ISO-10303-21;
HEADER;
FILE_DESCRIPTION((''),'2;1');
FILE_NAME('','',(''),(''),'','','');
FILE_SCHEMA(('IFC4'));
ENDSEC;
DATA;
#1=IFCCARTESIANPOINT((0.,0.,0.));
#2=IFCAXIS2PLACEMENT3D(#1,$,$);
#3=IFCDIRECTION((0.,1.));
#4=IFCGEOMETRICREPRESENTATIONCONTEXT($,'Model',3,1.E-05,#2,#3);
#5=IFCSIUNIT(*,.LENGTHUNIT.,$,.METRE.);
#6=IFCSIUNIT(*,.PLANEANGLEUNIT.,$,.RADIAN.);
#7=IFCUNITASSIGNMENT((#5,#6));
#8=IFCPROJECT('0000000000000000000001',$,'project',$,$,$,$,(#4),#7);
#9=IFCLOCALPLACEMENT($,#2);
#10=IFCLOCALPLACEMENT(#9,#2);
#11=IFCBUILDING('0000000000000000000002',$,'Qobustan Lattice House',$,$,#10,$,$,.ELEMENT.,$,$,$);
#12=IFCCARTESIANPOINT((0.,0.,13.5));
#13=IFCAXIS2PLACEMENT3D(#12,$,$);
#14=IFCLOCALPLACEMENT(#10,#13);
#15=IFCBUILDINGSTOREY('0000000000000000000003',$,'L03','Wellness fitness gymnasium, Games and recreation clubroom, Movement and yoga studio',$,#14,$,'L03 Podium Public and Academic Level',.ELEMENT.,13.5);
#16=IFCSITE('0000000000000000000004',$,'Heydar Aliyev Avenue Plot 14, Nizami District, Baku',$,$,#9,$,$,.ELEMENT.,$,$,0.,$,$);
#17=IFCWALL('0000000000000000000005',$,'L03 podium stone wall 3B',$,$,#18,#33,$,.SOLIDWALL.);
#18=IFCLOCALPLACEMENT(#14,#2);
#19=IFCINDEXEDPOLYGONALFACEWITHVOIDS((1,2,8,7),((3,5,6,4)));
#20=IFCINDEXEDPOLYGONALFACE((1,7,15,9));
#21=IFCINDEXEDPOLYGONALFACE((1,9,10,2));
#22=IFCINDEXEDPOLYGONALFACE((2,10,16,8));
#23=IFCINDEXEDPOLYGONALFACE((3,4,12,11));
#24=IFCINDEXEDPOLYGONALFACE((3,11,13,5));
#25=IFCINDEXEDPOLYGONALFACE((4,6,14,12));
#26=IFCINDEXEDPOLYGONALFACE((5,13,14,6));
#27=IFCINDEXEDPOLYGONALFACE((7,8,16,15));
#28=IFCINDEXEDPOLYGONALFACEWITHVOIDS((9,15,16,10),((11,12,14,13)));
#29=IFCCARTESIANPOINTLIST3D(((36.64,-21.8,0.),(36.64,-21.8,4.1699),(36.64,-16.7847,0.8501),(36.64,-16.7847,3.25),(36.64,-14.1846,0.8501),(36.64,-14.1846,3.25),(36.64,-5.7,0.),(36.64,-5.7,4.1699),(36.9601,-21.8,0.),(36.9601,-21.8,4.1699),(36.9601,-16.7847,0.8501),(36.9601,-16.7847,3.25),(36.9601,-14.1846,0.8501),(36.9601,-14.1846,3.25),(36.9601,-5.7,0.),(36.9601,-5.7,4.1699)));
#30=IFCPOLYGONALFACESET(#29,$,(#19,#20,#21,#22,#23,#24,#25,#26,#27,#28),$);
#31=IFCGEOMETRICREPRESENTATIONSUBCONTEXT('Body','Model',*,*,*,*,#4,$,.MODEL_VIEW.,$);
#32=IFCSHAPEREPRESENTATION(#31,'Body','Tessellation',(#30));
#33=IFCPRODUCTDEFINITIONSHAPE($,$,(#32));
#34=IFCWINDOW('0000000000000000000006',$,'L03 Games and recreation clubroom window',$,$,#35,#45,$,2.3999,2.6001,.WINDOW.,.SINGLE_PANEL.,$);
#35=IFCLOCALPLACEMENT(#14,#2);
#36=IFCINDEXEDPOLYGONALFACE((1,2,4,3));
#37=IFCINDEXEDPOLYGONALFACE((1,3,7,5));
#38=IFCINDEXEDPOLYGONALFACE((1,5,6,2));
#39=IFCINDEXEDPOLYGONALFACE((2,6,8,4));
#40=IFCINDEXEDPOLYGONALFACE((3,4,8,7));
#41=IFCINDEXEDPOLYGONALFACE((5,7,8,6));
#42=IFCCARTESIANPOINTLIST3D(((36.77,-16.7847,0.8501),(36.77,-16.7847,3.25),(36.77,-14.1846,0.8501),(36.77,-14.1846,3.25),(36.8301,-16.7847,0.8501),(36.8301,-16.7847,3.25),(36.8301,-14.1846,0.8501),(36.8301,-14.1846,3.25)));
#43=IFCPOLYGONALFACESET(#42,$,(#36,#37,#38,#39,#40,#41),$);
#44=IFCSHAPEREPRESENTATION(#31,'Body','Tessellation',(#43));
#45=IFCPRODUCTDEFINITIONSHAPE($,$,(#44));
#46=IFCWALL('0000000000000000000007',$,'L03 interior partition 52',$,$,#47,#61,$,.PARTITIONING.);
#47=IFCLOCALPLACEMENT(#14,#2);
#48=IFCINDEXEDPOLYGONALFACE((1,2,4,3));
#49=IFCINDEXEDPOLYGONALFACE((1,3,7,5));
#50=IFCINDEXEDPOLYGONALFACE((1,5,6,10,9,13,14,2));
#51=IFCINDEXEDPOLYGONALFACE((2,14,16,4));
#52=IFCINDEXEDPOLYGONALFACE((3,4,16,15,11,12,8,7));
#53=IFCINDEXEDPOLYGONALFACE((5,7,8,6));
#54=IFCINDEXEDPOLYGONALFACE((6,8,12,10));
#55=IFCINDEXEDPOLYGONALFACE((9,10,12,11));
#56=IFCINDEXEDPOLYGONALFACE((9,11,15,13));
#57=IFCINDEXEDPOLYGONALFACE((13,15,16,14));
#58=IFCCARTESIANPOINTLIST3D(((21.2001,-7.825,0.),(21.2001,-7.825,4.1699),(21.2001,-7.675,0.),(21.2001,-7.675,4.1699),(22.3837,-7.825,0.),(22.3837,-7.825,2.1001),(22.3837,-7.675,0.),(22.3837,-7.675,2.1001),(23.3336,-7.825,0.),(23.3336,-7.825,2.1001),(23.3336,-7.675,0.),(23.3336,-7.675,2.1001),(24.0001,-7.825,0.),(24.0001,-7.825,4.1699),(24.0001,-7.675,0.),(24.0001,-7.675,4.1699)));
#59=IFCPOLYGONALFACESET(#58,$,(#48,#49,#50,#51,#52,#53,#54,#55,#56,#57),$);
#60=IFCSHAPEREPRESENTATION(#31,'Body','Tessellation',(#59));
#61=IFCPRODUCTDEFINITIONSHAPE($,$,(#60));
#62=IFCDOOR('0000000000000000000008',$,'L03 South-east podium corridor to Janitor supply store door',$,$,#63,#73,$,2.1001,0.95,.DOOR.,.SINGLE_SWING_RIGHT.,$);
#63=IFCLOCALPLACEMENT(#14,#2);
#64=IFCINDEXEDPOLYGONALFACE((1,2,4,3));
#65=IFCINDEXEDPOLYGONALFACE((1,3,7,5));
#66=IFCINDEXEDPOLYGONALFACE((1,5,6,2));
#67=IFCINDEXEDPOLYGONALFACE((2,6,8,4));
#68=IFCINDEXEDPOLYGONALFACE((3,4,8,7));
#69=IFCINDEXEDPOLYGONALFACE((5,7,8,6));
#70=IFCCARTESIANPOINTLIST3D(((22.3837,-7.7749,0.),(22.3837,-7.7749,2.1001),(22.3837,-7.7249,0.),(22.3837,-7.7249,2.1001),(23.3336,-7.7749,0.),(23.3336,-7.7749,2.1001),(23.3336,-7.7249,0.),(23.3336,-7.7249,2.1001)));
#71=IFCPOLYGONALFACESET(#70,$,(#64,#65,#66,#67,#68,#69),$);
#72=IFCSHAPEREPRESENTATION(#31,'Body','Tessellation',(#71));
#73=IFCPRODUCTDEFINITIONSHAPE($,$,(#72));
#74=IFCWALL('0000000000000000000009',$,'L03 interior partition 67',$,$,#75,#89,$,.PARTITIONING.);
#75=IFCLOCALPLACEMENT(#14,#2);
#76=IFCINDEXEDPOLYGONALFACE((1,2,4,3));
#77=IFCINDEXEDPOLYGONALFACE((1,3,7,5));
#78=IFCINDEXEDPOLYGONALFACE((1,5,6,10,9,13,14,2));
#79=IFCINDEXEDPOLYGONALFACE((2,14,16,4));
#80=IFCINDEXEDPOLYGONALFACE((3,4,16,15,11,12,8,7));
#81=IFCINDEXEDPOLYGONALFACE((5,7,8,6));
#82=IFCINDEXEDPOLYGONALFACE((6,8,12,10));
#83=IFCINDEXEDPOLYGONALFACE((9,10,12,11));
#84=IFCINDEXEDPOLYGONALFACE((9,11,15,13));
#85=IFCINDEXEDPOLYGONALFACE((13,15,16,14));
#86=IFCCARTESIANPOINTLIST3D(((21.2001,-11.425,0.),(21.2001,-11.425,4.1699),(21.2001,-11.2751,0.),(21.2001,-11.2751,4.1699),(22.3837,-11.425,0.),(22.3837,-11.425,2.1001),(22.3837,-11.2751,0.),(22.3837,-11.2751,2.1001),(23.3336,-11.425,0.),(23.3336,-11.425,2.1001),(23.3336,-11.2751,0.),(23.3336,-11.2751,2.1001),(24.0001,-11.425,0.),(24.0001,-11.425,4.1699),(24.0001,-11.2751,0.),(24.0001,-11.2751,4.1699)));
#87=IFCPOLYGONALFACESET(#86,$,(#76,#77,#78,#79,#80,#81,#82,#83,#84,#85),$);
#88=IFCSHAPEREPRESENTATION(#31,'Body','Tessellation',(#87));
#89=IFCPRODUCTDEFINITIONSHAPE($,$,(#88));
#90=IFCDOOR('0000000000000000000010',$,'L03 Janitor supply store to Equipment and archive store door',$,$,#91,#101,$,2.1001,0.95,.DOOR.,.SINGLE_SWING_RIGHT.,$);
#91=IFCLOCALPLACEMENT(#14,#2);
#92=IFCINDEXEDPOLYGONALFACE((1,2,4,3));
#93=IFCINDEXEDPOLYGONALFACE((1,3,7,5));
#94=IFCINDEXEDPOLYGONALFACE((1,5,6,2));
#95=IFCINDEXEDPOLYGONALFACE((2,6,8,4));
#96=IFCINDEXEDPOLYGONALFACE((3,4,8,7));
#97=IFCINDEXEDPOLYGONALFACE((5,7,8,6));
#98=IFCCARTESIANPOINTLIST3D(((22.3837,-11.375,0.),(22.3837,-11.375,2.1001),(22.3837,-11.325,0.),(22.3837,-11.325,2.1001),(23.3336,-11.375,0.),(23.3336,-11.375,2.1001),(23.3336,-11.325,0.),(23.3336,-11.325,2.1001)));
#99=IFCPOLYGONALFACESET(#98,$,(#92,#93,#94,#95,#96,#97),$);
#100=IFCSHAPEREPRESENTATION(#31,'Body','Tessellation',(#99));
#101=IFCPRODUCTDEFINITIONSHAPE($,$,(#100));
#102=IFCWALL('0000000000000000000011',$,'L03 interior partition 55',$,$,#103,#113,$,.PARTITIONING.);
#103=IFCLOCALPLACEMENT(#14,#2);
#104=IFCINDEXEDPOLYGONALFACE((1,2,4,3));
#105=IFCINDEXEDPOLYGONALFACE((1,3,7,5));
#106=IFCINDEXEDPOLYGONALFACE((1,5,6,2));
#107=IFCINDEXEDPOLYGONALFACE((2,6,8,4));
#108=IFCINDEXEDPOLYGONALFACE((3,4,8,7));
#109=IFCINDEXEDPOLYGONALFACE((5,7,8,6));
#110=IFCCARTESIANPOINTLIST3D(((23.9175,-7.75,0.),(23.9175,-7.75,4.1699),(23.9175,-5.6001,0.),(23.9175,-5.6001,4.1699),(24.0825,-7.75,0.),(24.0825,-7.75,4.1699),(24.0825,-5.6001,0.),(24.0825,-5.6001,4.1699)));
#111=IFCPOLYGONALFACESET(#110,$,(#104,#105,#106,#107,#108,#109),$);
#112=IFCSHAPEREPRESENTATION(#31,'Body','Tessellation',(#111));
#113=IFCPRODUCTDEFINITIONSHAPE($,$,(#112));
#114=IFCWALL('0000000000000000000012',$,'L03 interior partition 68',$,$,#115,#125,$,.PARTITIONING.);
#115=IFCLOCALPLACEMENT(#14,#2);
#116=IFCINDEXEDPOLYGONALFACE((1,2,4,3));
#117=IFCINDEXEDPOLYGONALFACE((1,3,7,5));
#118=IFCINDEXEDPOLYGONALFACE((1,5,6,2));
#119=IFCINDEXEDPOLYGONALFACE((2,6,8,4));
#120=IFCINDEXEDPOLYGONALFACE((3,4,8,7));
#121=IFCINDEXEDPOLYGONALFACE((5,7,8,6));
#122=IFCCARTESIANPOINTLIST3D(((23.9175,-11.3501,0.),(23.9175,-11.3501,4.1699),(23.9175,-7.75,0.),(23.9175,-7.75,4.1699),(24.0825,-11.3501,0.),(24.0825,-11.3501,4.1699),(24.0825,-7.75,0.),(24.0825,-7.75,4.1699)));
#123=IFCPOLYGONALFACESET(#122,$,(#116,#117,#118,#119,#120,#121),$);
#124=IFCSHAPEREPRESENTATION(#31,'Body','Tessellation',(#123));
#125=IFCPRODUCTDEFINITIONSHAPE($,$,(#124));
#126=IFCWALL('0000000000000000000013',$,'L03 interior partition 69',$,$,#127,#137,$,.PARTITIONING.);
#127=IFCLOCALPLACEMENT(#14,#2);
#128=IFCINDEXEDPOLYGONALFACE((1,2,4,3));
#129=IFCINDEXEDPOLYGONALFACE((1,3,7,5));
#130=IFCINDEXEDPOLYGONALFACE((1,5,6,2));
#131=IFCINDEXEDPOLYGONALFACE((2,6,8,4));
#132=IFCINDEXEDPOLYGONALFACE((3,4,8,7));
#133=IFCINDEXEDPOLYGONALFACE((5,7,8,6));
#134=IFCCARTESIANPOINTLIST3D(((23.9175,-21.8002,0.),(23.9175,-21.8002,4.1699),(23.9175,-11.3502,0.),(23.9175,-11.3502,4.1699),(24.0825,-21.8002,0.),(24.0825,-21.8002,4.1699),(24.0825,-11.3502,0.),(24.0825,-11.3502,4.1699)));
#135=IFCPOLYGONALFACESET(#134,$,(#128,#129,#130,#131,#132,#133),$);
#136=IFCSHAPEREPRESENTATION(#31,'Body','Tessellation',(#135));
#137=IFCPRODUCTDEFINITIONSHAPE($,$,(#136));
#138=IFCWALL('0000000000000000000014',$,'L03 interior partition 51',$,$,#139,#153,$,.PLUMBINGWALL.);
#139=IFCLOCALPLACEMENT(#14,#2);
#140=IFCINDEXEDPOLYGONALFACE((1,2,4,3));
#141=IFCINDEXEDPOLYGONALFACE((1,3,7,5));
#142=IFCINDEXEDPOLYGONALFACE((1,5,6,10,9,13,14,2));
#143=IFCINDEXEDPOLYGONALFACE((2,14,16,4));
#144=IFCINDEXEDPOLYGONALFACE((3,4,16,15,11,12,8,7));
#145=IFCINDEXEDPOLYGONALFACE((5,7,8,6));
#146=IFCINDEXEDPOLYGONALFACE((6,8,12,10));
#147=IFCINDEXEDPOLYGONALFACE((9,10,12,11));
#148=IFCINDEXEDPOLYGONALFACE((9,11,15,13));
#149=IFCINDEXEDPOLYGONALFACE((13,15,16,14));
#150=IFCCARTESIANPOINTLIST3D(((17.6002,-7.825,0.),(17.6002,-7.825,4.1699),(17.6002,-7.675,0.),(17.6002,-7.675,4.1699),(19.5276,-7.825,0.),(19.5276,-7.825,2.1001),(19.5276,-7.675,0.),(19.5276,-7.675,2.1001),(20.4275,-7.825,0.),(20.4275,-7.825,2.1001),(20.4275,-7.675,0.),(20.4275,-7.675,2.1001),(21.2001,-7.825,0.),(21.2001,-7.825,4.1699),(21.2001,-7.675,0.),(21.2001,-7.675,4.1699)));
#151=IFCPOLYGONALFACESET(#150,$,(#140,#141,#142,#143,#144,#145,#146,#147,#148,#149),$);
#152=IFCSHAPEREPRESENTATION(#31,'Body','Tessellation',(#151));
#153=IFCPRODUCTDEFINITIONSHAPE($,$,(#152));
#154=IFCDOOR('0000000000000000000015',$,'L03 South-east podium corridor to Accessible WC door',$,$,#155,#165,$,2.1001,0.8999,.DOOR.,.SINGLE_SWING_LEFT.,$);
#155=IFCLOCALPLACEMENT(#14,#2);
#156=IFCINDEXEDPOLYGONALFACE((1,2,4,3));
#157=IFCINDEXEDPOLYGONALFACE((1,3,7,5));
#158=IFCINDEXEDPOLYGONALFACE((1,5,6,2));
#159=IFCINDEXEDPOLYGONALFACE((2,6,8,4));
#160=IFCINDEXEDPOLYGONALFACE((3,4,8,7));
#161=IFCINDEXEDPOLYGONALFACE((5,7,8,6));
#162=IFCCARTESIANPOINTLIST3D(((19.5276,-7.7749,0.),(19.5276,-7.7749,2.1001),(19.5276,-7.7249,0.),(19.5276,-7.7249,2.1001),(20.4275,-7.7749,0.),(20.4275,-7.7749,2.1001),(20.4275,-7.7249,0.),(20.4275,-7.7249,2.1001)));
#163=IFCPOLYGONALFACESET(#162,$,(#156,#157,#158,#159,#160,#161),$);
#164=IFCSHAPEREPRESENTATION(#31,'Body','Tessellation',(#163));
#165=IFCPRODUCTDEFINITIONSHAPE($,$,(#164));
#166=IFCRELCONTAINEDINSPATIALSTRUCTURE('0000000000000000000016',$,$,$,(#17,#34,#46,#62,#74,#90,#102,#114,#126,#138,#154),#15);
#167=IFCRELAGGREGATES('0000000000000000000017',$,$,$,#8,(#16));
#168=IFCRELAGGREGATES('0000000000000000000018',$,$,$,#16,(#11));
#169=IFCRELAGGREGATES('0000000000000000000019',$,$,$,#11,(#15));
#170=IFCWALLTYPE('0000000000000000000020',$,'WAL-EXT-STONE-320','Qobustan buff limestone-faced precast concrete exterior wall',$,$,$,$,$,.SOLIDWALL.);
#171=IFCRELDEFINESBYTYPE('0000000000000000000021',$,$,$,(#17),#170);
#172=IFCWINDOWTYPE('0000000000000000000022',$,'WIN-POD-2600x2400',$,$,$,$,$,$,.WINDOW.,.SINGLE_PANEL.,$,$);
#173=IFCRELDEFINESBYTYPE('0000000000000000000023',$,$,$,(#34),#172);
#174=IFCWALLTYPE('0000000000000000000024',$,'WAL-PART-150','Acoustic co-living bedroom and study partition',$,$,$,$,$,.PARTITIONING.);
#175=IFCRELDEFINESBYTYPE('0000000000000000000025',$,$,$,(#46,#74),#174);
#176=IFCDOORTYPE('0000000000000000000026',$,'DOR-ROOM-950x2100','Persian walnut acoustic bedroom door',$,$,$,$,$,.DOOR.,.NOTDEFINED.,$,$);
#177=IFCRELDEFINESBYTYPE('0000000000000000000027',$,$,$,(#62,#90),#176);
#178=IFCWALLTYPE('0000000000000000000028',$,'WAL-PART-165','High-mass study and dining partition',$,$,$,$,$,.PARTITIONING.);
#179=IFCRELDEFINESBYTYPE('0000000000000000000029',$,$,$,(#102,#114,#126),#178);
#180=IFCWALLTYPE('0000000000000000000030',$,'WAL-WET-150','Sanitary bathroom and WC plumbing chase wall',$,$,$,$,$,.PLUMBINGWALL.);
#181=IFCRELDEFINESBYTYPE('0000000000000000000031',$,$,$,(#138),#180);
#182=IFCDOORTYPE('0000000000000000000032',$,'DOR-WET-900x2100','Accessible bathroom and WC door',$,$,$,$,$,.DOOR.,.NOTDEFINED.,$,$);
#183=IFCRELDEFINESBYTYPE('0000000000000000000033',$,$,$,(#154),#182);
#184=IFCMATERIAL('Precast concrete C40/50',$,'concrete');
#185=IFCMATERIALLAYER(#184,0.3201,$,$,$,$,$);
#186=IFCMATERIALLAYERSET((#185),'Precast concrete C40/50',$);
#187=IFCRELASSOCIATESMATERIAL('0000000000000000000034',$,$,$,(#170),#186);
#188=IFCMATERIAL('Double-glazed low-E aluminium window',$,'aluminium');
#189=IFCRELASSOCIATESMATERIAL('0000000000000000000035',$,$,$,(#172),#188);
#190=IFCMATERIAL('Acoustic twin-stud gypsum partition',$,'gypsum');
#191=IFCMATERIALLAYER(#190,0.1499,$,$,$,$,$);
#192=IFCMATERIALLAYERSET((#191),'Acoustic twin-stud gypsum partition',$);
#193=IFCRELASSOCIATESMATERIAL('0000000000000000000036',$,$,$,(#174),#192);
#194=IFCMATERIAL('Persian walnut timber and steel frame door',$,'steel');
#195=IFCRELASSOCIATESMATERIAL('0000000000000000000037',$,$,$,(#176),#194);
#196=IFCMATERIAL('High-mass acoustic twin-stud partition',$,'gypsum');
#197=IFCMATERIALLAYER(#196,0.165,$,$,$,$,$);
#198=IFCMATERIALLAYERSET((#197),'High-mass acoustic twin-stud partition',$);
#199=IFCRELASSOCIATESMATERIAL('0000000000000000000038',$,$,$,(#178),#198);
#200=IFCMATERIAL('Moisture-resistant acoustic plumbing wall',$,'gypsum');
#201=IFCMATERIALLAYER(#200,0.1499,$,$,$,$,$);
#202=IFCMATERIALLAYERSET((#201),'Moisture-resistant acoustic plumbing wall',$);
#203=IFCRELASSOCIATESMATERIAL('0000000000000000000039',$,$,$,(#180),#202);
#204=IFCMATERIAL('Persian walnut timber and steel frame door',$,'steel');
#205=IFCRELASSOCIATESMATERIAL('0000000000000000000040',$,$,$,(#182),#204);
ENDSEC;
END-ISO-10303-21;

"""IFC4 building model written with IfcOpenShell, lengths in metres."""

from ifc_helpers import new_model, si_unit, direction, frame, frame_2d, origin, place, context, subcontext, project, spatial, rectangle, extrude, material, layer, layer_set, type_object, element, fill, save


model = new_model("IFC4")

# Units and contexts
model_context = context("Model", 3, precision=1e-05, world=origin(), true_north=direction((0.0, 1.0)))
body_context = subcontext(model_context, "Body", "Model", "MODEL_VIEW")
ifc_project = project(units=[si_unit("LENGTHUNIT", "METRE"), si_unit("PLANEANGLEUNIT", "RADIAN")], contexts=[model_context])

# Site, building, storey
site_placement = place(None, origin())
site = spatial("IfcSite", under=ifc_project, at=site_placement, Name="Heydar Aliyev Avenue Plot 14, Nizami District, Baku", CompositionType="ELEMENT", RefElevation=0.0)
building_placement = place(site_placement, origin())
building = spatial("IfcBuilding", under=site, at=building_placement, Name="Qobustan Lattice House", CompositionType="ELEMENT")
storey_placement = place(building_placement, frame((0.0, 0.0, 13.5)))
storey = spatial("IfcBuildingStorey", under=building, at=storey_placement, Name="L03", Description="Wellness fitness gymnasium, Games and recreation clubroom, Movement and yoga studio", LongName="L03 Podium Public and Academic Level", CompositionType="ELEMENT", Elevation=13.5)

# Wall, opening, window
ifc_material_1 = material(Name="Precast concrete C40/50", Category="concrete")
ifc_layer_1 = layer(ifc_material_1, 0.3201)
ifc_layer_set_1 = layer_set([ifc_layer_1], Name="Precast concrete C40/50")
wall_type_1 = type_object("IfcWallType", Name="WAL-EXT-STONE-320", Description="Qobustan buff limestone-faced precast concrete exterior wall", PredefinedType="SOLIDWALL", material=ifc_layer_set_1)
wall_1_placement = place(storey_placement, frame((36.8, -5.7, 0.0), z_axis=(0.0, 0.0, 1.0), x_axis=(0.0, -1.0, 0.0)))
wall_1 = element("IfcWall", 1, at=wall_1_placement, inside=storey, type_object=wall_type_1, Name="L03 podium stone wall 3B", PredefinedType="SOLIDWALL", context=body_context, shape_type="SweptSolid", body=[
    extrude(rectangle(XDim=16.1001, YDim=0.3201, at=frame_2d((8.05, 0.0))), origin(), (0.0, 0.0, 1.0), 4.1699),
])
opening_1_placement = place(wall_1_placement, frame((8.4846, 0.0, 0.8501)))
opening_1 = element("IfcOpeningElement", 2, at=opening_1_placement, cuts=wall_1, PredefinedType="OPENING", context=body_context, shape_type="SweptSolid", body=[
    extrude(rectangle(XDim=2.6001, YDim=2.3999, at=frame_2d((1.3, 1.2))), frame((0.0, 0.1699, 0.0), z_axis=(0.0, -1.0, 0.0), x_axis=(1.0, 0.0, 0.0)), (0.0, 0.0, 1.0), 0.3401),
])
ifc_material_2 = material(Name="Double-glazed low-E aluminium window", Category="aluminium")
window_type = type_object("IfcWindowType", Name="WIN-POD-2600x2400", PartitioningType="SINGLE_PANEL", PredefinedType="WINDOW", material=ifc_material_2)
window_placement = place(opening_1_placement, origin())
window = element("IfcWindow", 3, at=window_placement, inside=storey, type_object=window_type, Name="L03 Games and recreation clubroom window", OverallHeight=2.3999, OverallWidth=2.6001, PartitioningType="SINGLE_PANEL", PredefinedType="WINDOW", context=body_context, shape_type="SweptSolid", body=[
    extrude(rectangle(XDim=2.6001, YDim=2.3999, at=frame_2d((1.3, 1.2))), frame((0.0, 0.03, 0.0), z_axis=(0.0, -1.0, 0.0), x_axis=(1.0, 0.0, 0.0)), (0.0, 0.0, 1.0), 0.0601),
])
fill(opening_1, window)

# Walls, openings, doors
ifc_material_3 = material(Name="Acoustic twin-stud gypsum partition", Category="gypsum")
ifc_layer_2 = layer(ifc_material_3, 0.1499)
ifc_layer_set_2 = layer_set([ifc_layer_2], Name="Acoustic twin-stud gypsum partition")
wall_type_2 = type_object("IfcWallType", Name="WAL-PART-150", Description="Acoustic co-living bedroom and study partition", PredefinedType="PARTITIONING", material=ifc_layer_set_2)
wall_2_placement = place(storey_placement, frame((24.0, -7.75, 0.0), z_axis=(0.0, 0.0, 1.0), x_axis=(-1.0, 0.0, 0.0)))
wall_2 = element("IfcWall", 4, at=wall_2_placement, inside=storey, type_object=wall_type_2, Name="L03 interior partition 52", PredefinedType="PARTITIONING", context=body_context, shape_type="SweptSolid", body=[
    extrude(rectangle(XDim=2.8, YDim=0.1499, at=frame_2d((1.3999, 0.0))), origin(), (0.0, 0.0, 1.0), 4.1699),
])
opening_2_placement = place(wall_2_placement, frame((0.6663, 0.0, 0.0)))
opening_2 = element("IfcOpeningElement", 5, at=opening_2_placement, cuts=wall_2, PredefinedType="OPENING", context=body_context, shape_type="SweptSolid", body=[
    extrude(rectangle(XDim=0.95, YDim=2.1001, at=frame_2d((0.4751, 1.05))), frame((0.0, 0.085, 0.0), z_axis=(0.0, -1.0, 0.0), x_axis=(1.0, 0.0, 0.0)), (0.0, 0.0, 1.0), 0.1699),
])
ifc_material_4 = material(Name="Persian walnut timber and steel frame door", Category="steel")
door_type_1 = type_object("IfcDoorType", Name="DOR-ROOM-950x2100", Description="Persian walnut acoustic bedroom door", OperationType="NOTDEFINED", PredefinedType="DOOR", material=ifc_material_4)
door_1_placement = place(opening_2_placement, origin())
door_1 = element("IfcDoor", 6, at=door_1_placement, inside=storey, type_object=door_type_1, Name="L03 South-east podium corridor to Janitor supply store door", OperationType="SINGLE_SWING_RIGHT", OverallHeight=2.1001, OverallWidth=0.95, PredefinedType="DOOR", context=body_context, shape_type="SweptSolid", body=[
    extrude(rectangle(XDim=0.95, YDim=2.1001, at=frame_2d((0.4751, 1.05))), frame((0.0, 0.0249, 0.0), z_axis=(0.0, -1.0, 0.0), x_axis=(1.0, 0.0, 0.0)), (0.0, 0.0, 1.0), 0.05),
])
fill(opening_2, door_1)
wall_3_placement = place(storey_placement, frame((24.0, -11.3501, 0.0), z_axis=(0.0, 0.0, 1.0), x_axis=(-1.0, 0.0, 0.0)))
wall_3 = element("IfcWall", 7, at=wall_3_placement, inside=storey, type_object=wall_type_2, Name="L03 interior partition 67", PredefinedType="PARTITIONING", context=body_context, shape_type="SweptSolid", body=[
    extrude(rectangle(XDim=2.8, YDim=0.1499, at=frame_2d((1.3999, 0.0))), origin(), (0.0, 0.0, 1.0), 4.1699),
])
opening_3_placement = place(wall_3_placement, frame((0.6663, 0.0, 0.0)))
opening_3 = element("IfcOpeningElement", 8, at=opening_3_placement, cuts=wall_3, PredefinedType="OPENING", context=body_context, shape_type="SweptSolid", body=[
    extrude(rectangle(XDim=0.95, YDim=2.1001, at=frame_2d((0.4751, 1.05))), frame((0.0, 0.085, 0.0), z_axis=(0.0, -1.0, 0.0), x_axis=(1.0, 0.0, 0.0)), (0.0, 0.0, 1.0), 0.1699),
])
door_2_placement = place(opening_3_placement, origin())
door_2 = element("IfcDoor", 9, at=door_2_placement, inside=storey, type_object=door_type_1, Name="L03 Janitor supply store to Equipment and archive store door", OperationType="SINGLE_SWING_RIGHT", OverallHeight=2.1001, OverallWidth=0.95, PredefinedType="DOOR", context=body_context, shape_type="SweptSolid", body=[
    extrude(rectangle(XDim=0.95, YDim=2.1001, at=frame_2d((0.4751, 1.05))), frame((0.0, 0.0249, 0.0), z_axis=(0.0, -1.0, 0.0), x_axis=(1.0, 0.0, 0.0)), (0.0, 0.0, 1.0), 0.05),
])
fill(opening_3, door_2)

# Walls
ifc_material_5 = material(Name="High-mass acoustic twin-stud partition", Category="gypsum")
ifc_layer_3 = layer(ifc_material_5, 0.165)
ifc_layer_set_3 = layer_set([ifc_layer_3], Name="High-mass acoustic twin-stud partition")
wall_type_3 = type_object("IfcWallType", Name="WAL-PART-165", Description="High-mass study and dining partition", PredefinedType="PARTITIONING", material=ifc_layer_set_3)
wall_4_placement = place(storey_placement, frame((24.0, -5.6001, 0.0), z_axis=(0.0, 0.0, 1.0), x_axis=(0.0, -1.0, 0.0)))
element("IfcWall", 10, at=wall_4_placement, inside=storey, type_object=wall_type_3, Name="L03 interior partition 55", PredefinedType="PARTITIONING", context=body_context, shape_type="SweptSolid", body=[
    extrude(rectangle(XDim=2.1499, YDim=0.165, at=frame_2d((1.075, 0.0))), origin(), (0.0, 0.0, 1.0), 4.1699),
])
wall_5_placement = place(storey_placement, frame((24.0, -7.75, 0.0), z_axis=(0.0, 0.0, 1.0), x_axis=(0.0, -1.0, 0.0)))
element("IfcWall", 11, at=wall_5_placement, inside=storey, type_object=wall_type_3, Name="L03 interior partition 68", PredefinedType="PARTITIONING", context=body_context, shape_type="SweptSolid", body=[
    extrude(rectangle(XDim=3.6001, YDim=0.165, at=frame_2d((1.8, 0.0))), origin(), (0.0, 0.0, 1.0), 4.1699),
])
wall_6_placement = place(storey_placement, frame((24.0, -11.3501, 0.0), z_axis=(0.0, 0.0, 1.0), x_axis=(0.0, -1.0, 0.0)))
element("IfcWall", 12, at=wall_6_placement, inside=storey, type_object=wall_type_3, Name="L03 interior partition 69", PredefinedType="PARTITIONING", context=body_context, shape_type="SweptSolid", body=[
    extrude(rectangle(XDim=10.45, YDim=0.165, at=frame_2d((5.2251, 0.0))), origin(), (0.0, 0.0, 1.0), 4.1699),
])

# Wall, opening, door
ifc_material_6 = material(Name="Moisture-resistant acoustic plumbing wall", Category="gypsum")
ifc_layer_4 = layer(ifc_material_6, 0.1499)
ifc_layer_set_4 = layer_set([ifc_layer_4], Name="Moisture-resistant acoustic plumbing wall")
wall_type_4 = type_object("IfcWallType", Name="WAL-WET-150", Description="Sanitary bathroom and WC plumbing chase wall", PredefinedType="PLUMBINGWALL", material=ifc_layer_set_4)
wall_7_placement = place(storey_placement, frame((21.2, -7.75, 0.0), z_axis=(0.0, 0.0, 1.0), x_axis=(-1.0, 0.0, 0.0)))
wall_7 = element("IfcWall", 13, at=wall_7_placement, inside=storey, type_object=wall_type_4, Name="L03 interior partition 51", PredefinedType="PLUMBINGWALL", context=body_context, shape_type="SweptSolid", body=[
    extrude(rectangle(XDim=3.5999, YDim=0.1499, at=frame_2d((1.7998, 0.0))), origin(), (0.0, 0.0, 1.0), 4.1699),
])
opening_4_placement = place(wall_7_placement, frame((0.7725, 0.0, 0.0)))
opening_4 = element("IfcOpeningElement", 14, at=opening_4_placement, cuts=wall_7, PredefinedType="OPENING", context=body_context, shape_type="SweptSolid", body=[
    extrude(rectangle(XDim=0.8999, YDim=2.1001, at=frame_2d((0.45, 1.05))), frame((0.0, 0.085, 0.0), z_axis=(0.0, -1.0, 0.0), x_axis=(1.0, 0.0, 0.0)), (0.0, 0.0, 1.0), 0.1699),
])
ifc_material_7 = material(Name="Persian walnut timber and steel frame door", Category="steel")
door_type_2 = type_object("IfcDoorType", Name="DOR-WET-900x2100", Description="Accessible bathroom and WC door", OperationType="NOTDEFINED", PredefinedType="DOOR", material=ifc_material_7)
door_3_placement = place(opening_4_placement, origin())
door_3 = element("IfcDoor", 15, at=door_3_placement, inside=storey, type_object=door_type_2, Name="L03 South-east podium corridor to Accessible WC door", OperationType="SINGLE_SWING_LEFT", OverallHeight=2.1001, OverallWidth=0.8999, PredefinedType="DOOR", context=body_context, shape_type="SweptSolid", body=[
    extrude(rectangle(XDim=0.8999, YDim=2.1001, at=frame_2d((0.45, 1.05))), frame((0.0, 0.0249, 0.0), z_axis=(0.0, -1.0, 0.0), x_axis=(1.0, 0.0, 0.0)), (0.0, 0.0, 1.0), 0.05),
])
fill(opening_4, door_3)

save(model, "model.ifc")
